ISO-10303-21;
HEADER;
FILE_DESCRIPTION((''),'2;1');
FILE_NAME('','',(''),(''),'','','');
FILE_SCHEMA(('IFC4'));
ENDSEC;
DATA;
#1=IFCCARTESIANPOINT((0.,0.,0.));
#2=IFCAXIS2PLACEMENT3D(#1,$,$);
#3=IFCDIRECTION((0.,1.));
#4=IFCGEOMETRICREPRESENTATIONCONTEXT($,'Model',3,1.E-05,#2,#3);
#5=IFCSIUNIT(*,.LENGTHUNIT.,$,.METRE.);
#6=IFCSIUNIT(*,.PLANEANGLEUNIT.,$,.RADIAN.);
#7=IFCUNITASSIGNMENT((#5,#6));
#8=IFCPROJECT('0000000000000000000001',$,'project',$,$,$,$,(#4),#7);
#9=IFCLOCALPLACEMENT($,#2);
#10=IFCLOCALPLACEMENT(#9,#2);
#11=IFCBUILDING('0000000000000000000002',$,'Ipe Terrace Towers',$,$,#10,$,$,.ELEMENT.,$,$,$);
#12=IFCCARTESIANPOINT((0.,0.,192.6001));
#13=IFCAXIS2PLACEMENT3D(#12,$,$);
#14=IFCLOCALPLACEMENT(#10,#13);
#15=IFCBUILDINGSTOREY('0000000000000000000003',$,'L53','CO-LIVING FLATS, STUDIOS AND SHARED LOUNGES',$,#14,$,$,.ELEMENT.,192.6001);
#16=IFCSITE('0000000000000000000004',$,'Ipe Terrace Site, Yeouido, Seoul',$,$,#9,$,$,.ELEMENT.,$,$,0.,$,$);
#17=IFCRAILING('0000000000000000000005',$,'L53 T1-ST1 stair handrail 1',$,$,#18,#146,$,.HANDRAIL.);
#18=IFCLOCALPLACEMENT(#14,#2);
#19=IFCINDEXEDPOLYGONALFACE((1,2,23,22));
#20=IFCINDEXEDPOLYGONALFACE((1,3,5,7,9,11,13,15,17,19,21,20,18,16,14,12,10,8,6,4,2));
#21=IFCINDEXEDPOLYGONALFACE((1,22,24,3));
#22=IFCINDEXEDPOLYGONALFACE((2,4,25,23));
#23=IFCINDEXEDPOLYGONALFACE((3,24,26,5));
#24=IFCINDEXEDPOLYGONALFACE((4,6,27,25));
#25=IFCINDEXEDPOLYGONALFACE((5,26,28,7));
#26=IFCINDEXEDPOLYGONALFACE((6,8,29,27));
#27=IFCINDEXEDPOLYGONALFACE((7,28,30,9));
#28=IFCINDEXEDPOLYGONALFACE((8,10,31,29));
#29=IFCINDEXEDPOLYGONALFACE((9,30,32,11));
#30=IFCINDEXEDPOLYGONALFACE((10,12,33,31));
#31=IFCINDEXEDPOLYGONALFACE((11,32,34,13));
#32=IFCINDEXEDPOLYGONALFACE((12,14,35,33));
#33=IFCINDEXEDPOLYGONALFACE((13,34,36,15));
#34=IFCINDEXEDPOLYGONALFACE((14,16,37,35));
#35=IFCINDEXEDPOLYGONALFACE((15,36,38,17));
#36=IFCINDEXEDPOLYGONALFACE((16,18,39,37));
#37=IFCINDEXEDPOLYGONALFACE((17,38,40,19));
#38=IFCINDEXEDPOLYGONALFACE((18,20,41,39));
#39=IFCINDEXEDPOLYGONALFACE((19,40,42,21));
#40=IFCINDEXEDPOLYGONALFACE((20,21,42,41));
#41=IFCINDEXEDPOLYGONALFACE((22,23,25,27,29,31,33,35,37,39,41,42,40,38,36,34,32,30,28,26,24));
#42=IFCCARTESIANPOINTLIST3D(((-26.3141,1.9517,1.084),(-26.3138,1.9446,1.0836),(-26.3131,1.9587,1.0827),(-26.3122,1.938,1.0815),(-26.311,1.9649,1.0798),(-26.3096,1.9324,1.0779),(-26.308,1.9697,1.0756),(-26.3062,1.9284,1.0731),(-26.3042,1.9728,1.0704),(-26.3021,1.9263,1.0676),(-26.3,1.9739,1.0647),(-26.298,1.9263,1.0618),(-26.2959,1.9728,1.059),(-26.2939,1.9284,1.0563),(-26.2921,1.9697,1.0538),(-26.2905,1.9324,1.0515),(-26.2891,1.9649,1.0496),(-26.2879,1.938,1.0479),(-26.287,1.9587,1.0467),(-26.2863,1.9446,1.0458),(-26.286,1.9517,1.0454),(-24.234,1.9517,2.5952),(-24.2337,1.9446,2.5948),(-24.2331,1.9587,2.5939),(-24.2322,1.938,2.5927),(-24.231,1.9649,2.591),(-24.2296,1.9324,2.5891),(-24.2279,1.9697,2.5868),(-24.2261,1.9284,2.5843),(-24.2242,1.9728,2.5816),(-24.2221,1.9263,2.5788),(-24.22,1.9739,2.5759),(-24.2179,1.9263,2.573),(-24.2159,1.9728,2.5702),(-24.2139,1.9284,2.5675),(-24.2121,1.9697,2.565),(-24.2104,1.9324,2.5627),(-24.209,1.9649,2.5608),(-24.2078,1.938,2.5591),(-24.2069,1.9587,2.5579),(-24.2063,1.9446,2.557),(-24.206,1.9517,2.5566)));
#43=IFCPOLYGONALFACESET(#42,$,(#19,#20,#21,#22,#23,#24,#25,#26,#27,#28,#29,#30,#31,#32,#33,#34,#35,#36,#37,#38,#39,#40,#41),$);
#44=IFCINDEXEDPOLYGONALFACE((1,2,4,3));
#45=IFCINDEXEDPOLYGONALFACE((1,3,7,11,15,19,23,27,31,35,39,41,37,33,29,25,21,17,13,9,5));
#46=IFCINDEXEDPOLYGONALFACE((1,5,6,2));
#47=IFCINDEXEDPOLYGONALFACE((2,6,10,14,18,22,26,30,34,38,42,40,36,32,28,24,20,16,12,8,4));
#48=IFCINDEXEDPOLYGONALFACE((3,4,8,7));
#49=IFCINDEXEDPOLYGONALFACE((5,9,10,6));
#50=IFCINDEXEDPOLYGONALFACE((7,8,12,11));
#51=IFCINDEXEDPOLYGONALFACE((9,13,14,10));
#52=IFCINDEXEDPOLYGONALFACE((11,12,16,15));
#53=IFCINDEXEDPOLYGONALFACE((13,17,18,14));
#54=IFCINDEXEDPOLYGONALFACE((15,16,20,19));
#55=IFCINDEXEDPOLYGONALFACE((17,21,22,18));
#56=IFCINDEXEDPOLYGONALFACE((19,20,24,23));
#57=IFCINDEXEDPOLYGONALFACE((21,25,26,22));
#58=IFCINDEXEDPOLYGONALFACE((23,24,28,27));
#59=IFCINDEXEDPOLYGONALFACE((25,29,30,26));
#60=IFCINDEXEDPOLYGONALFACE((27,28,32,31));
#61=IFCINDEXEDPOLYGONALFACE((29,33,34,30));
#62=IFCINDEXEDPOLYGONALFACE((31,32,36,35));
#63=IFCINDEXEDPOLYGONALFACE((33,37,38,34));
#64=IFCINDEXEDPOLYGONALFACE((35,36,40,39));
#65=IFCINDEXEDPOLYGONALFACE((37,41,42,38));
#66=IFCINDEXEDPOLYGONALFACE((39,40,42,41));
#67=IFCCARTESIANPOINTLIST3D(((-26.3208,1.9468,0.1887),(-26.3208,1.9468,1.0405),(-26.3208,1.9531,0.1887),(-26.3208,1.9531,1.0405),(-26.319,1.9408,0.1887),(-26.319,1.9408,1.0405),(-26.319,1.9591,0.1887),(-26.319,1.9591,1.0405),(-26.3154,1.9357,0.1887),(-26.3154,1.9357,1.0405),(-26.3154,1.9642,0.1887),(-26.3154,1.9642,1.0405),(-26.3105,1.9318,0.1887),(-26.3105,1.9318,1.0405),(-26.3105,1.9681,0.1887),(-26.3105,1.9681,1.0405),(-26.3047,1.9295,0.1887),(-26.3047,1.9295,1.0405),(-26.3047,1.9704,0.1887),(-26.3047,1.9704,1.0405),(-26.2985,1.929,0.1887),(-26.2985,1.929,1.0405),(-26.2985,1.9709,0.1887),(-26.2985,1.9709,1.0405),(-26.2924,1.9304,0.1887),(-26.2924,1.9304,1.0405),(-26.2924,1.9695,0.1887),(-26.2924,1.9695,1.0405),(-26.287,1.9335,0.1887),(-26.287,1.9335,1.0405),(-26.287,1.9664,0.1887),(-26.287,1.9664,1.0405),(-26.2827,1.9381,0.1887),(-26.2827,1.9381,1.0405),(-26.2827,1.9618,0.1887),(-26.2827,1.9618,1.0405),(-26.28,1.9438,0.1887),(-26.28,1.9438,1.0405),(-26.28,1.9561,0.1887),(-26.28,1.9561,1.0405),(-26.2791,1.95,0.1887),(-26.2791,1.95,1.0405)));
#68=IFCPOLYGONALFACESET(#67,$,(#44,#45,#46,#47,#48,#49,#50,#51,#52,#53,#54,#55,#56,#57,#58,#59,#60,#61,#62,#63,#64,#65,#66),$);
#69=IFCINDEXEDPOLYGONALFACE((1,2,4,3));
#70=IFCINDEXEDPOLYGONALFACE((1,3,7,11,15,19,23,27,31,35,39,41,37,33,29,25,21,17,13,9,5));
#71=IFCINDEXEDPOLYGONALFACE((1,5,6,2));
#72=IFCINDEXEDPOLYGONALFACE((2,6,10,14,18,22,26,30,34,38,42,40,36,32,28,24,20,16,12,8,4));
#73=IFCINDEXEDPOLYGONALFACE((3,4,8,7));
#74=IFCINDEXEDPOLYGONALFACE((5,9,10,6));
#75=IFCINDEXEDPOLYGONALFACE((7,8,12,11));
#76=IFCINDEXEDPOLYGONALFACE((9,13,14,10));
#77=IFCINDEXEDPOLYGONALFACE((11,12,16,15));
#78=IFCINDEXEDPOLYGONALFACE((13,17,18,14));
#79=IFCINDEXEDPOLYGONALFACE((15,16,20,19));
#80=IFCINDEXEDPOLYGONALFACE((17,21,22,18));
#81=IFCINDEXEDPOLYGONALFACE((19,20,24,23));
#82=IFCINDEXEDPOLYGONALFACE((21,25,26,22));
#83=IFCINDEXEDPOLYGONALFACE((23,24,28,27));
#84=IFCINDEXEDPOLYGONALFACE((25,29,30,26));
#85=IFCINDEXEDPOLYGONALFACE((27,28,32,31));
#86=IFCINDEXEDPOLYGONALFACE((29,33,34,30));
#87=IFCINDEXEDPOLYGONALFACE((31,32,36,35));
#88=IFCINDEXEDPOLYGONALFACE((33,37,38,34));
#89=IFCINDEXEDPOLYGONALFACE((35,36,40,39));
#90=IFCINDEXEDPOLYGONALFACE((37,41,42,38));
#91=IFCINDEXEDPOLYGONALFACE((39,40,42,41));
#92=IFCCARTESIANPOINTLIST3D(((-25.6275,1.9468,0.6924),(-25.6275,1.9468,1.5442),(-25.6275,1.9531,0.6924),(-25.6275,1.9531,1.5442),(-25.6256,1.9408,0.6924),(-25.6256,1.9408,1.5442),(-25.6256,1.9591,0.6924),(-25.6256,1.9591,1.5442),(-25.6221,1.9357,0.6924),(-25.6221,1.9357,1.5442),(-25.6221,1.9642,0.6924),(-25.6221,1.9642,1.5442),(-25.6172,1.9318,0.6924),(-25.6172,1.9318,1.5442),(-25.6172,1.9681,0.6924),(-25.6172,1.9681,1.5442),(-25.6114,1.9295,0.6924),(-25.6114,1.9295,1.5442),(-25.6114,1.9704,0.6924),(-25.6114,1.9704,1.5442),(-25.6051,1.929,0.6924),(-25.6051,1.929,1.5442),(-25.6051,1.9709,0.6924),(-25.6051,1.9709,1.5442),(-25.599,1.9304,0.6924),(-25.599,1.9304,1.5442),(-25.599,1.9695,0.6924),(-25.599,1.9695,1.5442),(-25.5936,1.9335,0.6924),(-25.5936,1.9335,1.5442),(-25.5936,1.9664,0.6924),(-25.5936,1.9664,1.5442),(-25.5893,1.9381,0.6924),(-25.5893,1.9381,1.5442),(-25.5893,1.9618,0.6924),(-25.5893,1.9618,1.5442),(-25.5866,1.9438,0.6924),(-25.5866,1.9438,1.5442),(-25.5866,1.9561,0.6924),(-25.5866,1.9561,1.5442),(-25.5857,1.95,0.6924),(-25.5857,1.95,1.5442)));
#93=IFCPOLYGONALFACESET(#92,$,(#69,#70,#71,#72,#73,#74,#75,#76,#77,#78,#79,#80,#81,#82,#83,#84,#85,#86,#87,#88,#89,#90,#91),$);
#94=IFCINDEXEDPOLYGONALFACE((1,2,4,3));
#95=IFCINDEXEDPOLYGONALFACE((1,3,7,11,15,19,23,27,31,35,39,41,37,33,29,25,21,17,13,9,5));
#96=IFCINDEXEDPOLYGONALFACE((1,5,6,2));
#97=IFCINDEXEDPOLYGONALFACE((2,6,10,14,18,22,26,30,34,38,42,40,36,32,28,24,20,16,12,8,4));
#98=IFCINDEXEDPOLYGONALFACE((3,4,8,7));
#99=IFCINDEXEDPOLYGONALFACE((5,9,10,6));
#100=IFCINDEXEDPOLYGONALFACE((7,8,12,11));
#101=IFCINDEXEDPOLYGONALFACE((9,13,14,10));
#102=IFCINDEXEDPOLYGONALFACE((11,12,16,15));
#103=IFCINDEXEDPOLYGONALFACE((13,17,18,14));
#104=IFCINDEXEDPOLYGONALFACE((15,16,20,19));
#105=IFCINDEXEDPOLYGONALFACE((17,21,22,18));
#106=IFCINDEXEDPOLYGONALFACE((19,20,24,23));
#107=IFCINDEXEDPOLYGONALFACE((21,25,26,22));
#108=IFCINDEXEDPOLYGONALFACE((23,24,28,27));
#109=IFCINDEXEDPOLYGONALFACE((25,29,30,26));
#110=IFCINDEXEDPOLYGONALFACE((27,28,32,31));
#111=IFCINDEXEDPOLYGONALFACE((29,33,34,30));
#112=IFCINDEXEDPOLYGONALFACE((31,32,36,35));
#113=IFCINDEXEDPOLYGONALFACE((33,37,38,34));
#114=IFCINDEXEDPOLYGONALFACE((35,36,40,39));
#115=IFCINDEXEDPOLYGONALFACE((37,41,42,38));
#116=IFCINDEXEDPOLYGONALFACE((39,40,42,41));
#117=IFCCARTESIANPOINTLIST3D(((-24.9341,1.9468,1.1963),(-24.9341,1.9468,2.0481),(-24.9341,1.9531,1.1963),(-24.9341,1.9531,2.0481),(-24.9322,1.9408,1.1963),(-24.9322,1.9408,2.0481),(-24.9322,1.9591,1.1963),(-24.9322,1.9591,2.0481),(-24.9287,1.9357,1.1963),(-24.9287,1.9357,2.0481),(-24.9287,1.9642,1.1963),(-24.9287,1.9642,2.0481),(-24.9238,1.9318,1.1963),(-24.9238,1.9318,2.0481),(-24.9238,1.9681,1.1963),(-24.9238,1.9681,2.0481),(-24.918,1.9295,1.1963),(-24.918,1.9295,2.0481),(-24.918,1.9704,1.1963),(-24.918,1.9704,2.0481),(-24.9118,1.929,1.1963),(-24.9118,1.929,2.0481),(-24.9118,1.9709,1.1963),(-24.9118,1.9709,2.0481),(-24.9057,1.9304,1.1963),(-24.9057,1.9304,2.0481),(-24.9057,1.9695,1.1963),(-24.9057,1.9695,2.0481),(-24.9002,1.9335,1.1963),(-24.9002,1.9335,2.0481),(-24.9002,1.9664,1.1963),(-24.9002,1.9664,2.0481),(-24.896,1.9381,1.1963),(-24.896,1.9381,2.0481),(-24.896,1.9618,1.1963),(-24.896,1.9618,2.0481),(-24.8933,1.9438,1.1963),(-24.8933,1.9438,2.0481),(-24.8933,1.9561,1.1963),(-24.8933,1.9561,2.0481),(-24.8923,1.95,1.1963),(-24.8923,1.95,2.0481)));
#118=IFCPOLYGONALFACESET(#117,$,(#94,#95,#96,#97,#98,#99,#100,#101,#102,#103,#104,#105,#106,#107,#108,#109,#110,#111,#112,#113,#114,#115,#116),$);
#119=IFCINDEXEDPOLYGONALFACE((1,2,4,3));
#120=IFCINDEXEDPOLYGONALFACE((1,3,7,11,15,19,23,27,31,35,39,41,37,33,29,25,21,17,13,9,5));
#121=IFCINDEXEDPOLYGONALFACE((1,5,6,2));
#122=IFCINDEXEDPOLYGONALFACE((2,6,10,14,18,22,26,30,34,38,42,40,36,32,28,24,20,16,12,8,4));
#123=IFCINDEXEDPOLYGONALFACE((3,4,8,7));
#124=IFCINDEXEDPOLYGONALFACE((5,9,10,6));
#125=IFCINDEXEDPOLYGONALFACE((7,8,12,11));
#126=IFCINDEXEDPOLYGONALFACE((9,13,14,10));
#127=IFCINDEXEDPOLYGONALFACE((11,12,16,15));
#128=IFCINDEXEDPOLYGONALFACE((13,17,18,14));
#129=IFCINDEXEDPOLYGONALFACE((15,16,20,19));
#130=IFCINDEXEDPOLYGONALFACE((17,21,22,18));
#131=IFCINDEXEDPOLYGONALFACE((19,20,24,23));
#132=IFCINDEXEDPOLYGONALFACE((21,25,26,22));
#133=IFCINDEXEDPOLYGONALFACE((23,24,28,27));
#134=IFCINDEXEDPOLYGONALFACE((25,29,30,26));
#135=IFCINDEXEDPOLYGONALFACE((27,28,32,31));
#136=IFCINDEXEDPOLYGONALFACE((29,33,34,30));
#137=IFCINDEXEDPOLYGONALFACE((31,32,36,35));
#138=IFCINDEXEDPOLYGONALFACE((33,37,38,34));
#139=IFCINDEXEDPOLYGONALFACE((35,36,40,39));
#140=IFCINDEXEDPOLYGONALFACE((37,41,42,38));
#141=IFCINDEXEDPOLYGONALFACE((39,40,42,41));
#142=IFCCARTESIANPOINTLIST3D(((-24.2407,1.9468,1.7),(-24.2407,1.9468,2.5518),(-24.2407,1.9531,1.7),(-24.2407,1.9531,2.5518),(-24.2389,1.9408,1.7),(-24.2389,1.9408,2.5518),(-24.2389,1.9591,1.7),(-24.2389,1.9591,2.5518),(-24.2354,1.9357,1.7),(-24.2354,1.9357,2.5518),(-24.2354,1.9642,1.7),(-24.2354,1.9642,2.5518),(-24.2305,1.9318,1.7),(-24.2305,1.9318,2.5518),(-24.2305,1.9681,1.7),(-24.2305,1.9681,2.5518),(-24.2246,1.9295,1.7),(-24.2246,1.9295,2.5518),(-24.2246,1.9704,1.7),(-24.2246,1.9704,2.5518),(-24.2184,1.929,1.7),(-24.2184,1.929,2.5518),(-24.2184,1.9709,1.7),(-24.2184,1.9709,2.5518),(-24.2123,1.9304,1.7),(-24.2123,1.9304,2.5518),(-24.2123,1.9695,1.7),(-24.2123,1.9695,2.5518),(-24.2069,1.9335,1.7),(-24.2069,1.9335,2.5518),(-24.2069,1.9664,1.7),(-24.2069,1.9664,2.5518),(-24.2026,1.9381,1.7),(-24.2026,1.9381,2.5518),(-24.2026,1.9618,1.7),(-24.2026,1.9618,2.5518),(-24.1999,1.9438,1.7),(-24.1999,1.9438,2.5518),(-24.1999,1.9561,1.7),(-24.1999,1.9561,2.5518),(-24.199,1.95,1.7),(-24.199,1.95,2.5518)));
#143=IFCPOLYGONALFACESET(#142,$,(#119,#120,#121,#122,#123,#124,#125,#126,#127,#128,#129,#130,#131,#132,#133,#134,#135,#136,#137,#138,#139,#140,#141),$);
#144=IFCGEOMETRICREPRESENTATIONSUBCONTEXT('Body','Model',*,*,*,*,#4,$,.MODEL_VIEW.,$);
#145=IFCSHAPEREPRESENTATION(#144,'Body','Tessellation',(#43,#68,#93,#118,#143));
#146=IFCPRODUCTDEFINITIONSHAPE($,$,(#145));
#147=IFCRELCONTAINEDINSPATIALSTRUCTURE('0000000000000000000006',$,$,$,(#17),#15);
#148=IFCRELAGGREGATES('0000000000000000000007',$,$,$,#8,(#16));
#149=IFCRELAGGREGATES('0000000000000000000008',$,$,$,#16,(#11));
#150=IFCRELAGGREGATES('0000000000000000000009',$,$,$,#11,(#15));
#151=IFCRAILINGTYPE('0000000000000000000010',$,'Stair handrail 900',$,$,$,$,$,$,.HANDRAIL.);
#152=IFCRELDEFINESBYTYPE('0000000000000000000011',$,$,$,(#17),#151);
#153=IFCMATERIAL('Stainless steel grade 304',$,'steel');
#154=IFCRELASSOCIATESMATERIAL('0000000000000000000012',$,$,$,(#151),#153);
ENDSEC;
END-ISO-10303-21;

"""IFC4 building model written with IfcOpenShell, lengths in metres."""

from ifc_helpers import new_model, si_unit, direction, frame, origin, origin_2d, place, context, subcontext, project, spatial, circle, extrude, material, type_object, element, save


model = new_model("IFC4")

# Units and contexts
model_context = context("Model", 3, precision=1e-05, world=origin(), true_north=direction((0.0, 1.0)))
body_context = subcontext(model_context, "Body", "Model", "MODEL_VIEW")
ifc_project = project(units=[si_unit("LENGTHUNIT", "METRE"), si_unit("PLANEANGLEUNIT", "RADIAN")], contexts=[model_context])

# Site, building, storey
site_placement = place(None, origin())
site = spatial("IfcSite", under=ifc_project, at=site_placement, Name="Ipe Terrace Site, Yeouido, Seoul", CompositionType="ELEMENT", RefElevation=0.0)
building_placement = place(site_placement, origin())
building = spatial("IfcBuilding", under=site, at=building_placement, Name="Ipe Terrace Towers", CompositionType="ELEMENT")
storey_placement = place(building_placement, frame((0.0, 0.0, 192.6001)))
storey = spatial("IfcBuildingStorey", under=building, at=storey_placement, Name="L53", Description="CO-LIVING FLATS, STUDIOS AND SHARED LOUNGES", CompositionType="ELEMENT", Elevation=192.6001)

# Railing
ifc_material_1 = material(Name="Stainless steel grade 304", Category="steel")
railing_type_1 = type_object("IfcRailingType", Name="Stair handrail 900", PredefinedType="HANDRAIL", material=ifc_material_1)
railing_1_placement = place(storey_placement, frame((-26.3, 1.95, 0.1887)))
element("IfcRailing", 1, at=railing_1_placement, inside=storey, type_object=railing_type_1, Name="L53 T1-ST1 stair handrail 1", PredefinedType="HANDRAIL", context=body_context, shape_type="SweptSolid", body=[
    extrude(circle(Radius=0.0239, at=origin_2d()), frame((0.0, 0.0, 0.876), z_axis=(0.809023, 0.0, 0.587776), x_axis=(0.0, 1.0, 0.0)), (0.0, 0.0, 1.0), 2.571),
    extrude(circle(Radius=0.021, at=origin_2d()), origin(), (0.0, 0.0, 1.0), 0.8518),
    extrude(circle(Radius=0.021, at=origin_2d()), frame((0.6934, 0.0, 0.5037)), (0.0, 0.0, 1.0), 0.8518),
    extrude(circle(Radius=0.021, at=origin_2d()), frame((1.3867, 0.0, 1.0076)), (0.0, 0.0, 1.0), 0.8518),
    extrude(circle(Radius=0.021, at=origin_2d()), frame((2.0801, 0.0, 1.5112)), (0.0, 0.0, 1.0), 0.8518),
])

save(model, "model.ifc")
